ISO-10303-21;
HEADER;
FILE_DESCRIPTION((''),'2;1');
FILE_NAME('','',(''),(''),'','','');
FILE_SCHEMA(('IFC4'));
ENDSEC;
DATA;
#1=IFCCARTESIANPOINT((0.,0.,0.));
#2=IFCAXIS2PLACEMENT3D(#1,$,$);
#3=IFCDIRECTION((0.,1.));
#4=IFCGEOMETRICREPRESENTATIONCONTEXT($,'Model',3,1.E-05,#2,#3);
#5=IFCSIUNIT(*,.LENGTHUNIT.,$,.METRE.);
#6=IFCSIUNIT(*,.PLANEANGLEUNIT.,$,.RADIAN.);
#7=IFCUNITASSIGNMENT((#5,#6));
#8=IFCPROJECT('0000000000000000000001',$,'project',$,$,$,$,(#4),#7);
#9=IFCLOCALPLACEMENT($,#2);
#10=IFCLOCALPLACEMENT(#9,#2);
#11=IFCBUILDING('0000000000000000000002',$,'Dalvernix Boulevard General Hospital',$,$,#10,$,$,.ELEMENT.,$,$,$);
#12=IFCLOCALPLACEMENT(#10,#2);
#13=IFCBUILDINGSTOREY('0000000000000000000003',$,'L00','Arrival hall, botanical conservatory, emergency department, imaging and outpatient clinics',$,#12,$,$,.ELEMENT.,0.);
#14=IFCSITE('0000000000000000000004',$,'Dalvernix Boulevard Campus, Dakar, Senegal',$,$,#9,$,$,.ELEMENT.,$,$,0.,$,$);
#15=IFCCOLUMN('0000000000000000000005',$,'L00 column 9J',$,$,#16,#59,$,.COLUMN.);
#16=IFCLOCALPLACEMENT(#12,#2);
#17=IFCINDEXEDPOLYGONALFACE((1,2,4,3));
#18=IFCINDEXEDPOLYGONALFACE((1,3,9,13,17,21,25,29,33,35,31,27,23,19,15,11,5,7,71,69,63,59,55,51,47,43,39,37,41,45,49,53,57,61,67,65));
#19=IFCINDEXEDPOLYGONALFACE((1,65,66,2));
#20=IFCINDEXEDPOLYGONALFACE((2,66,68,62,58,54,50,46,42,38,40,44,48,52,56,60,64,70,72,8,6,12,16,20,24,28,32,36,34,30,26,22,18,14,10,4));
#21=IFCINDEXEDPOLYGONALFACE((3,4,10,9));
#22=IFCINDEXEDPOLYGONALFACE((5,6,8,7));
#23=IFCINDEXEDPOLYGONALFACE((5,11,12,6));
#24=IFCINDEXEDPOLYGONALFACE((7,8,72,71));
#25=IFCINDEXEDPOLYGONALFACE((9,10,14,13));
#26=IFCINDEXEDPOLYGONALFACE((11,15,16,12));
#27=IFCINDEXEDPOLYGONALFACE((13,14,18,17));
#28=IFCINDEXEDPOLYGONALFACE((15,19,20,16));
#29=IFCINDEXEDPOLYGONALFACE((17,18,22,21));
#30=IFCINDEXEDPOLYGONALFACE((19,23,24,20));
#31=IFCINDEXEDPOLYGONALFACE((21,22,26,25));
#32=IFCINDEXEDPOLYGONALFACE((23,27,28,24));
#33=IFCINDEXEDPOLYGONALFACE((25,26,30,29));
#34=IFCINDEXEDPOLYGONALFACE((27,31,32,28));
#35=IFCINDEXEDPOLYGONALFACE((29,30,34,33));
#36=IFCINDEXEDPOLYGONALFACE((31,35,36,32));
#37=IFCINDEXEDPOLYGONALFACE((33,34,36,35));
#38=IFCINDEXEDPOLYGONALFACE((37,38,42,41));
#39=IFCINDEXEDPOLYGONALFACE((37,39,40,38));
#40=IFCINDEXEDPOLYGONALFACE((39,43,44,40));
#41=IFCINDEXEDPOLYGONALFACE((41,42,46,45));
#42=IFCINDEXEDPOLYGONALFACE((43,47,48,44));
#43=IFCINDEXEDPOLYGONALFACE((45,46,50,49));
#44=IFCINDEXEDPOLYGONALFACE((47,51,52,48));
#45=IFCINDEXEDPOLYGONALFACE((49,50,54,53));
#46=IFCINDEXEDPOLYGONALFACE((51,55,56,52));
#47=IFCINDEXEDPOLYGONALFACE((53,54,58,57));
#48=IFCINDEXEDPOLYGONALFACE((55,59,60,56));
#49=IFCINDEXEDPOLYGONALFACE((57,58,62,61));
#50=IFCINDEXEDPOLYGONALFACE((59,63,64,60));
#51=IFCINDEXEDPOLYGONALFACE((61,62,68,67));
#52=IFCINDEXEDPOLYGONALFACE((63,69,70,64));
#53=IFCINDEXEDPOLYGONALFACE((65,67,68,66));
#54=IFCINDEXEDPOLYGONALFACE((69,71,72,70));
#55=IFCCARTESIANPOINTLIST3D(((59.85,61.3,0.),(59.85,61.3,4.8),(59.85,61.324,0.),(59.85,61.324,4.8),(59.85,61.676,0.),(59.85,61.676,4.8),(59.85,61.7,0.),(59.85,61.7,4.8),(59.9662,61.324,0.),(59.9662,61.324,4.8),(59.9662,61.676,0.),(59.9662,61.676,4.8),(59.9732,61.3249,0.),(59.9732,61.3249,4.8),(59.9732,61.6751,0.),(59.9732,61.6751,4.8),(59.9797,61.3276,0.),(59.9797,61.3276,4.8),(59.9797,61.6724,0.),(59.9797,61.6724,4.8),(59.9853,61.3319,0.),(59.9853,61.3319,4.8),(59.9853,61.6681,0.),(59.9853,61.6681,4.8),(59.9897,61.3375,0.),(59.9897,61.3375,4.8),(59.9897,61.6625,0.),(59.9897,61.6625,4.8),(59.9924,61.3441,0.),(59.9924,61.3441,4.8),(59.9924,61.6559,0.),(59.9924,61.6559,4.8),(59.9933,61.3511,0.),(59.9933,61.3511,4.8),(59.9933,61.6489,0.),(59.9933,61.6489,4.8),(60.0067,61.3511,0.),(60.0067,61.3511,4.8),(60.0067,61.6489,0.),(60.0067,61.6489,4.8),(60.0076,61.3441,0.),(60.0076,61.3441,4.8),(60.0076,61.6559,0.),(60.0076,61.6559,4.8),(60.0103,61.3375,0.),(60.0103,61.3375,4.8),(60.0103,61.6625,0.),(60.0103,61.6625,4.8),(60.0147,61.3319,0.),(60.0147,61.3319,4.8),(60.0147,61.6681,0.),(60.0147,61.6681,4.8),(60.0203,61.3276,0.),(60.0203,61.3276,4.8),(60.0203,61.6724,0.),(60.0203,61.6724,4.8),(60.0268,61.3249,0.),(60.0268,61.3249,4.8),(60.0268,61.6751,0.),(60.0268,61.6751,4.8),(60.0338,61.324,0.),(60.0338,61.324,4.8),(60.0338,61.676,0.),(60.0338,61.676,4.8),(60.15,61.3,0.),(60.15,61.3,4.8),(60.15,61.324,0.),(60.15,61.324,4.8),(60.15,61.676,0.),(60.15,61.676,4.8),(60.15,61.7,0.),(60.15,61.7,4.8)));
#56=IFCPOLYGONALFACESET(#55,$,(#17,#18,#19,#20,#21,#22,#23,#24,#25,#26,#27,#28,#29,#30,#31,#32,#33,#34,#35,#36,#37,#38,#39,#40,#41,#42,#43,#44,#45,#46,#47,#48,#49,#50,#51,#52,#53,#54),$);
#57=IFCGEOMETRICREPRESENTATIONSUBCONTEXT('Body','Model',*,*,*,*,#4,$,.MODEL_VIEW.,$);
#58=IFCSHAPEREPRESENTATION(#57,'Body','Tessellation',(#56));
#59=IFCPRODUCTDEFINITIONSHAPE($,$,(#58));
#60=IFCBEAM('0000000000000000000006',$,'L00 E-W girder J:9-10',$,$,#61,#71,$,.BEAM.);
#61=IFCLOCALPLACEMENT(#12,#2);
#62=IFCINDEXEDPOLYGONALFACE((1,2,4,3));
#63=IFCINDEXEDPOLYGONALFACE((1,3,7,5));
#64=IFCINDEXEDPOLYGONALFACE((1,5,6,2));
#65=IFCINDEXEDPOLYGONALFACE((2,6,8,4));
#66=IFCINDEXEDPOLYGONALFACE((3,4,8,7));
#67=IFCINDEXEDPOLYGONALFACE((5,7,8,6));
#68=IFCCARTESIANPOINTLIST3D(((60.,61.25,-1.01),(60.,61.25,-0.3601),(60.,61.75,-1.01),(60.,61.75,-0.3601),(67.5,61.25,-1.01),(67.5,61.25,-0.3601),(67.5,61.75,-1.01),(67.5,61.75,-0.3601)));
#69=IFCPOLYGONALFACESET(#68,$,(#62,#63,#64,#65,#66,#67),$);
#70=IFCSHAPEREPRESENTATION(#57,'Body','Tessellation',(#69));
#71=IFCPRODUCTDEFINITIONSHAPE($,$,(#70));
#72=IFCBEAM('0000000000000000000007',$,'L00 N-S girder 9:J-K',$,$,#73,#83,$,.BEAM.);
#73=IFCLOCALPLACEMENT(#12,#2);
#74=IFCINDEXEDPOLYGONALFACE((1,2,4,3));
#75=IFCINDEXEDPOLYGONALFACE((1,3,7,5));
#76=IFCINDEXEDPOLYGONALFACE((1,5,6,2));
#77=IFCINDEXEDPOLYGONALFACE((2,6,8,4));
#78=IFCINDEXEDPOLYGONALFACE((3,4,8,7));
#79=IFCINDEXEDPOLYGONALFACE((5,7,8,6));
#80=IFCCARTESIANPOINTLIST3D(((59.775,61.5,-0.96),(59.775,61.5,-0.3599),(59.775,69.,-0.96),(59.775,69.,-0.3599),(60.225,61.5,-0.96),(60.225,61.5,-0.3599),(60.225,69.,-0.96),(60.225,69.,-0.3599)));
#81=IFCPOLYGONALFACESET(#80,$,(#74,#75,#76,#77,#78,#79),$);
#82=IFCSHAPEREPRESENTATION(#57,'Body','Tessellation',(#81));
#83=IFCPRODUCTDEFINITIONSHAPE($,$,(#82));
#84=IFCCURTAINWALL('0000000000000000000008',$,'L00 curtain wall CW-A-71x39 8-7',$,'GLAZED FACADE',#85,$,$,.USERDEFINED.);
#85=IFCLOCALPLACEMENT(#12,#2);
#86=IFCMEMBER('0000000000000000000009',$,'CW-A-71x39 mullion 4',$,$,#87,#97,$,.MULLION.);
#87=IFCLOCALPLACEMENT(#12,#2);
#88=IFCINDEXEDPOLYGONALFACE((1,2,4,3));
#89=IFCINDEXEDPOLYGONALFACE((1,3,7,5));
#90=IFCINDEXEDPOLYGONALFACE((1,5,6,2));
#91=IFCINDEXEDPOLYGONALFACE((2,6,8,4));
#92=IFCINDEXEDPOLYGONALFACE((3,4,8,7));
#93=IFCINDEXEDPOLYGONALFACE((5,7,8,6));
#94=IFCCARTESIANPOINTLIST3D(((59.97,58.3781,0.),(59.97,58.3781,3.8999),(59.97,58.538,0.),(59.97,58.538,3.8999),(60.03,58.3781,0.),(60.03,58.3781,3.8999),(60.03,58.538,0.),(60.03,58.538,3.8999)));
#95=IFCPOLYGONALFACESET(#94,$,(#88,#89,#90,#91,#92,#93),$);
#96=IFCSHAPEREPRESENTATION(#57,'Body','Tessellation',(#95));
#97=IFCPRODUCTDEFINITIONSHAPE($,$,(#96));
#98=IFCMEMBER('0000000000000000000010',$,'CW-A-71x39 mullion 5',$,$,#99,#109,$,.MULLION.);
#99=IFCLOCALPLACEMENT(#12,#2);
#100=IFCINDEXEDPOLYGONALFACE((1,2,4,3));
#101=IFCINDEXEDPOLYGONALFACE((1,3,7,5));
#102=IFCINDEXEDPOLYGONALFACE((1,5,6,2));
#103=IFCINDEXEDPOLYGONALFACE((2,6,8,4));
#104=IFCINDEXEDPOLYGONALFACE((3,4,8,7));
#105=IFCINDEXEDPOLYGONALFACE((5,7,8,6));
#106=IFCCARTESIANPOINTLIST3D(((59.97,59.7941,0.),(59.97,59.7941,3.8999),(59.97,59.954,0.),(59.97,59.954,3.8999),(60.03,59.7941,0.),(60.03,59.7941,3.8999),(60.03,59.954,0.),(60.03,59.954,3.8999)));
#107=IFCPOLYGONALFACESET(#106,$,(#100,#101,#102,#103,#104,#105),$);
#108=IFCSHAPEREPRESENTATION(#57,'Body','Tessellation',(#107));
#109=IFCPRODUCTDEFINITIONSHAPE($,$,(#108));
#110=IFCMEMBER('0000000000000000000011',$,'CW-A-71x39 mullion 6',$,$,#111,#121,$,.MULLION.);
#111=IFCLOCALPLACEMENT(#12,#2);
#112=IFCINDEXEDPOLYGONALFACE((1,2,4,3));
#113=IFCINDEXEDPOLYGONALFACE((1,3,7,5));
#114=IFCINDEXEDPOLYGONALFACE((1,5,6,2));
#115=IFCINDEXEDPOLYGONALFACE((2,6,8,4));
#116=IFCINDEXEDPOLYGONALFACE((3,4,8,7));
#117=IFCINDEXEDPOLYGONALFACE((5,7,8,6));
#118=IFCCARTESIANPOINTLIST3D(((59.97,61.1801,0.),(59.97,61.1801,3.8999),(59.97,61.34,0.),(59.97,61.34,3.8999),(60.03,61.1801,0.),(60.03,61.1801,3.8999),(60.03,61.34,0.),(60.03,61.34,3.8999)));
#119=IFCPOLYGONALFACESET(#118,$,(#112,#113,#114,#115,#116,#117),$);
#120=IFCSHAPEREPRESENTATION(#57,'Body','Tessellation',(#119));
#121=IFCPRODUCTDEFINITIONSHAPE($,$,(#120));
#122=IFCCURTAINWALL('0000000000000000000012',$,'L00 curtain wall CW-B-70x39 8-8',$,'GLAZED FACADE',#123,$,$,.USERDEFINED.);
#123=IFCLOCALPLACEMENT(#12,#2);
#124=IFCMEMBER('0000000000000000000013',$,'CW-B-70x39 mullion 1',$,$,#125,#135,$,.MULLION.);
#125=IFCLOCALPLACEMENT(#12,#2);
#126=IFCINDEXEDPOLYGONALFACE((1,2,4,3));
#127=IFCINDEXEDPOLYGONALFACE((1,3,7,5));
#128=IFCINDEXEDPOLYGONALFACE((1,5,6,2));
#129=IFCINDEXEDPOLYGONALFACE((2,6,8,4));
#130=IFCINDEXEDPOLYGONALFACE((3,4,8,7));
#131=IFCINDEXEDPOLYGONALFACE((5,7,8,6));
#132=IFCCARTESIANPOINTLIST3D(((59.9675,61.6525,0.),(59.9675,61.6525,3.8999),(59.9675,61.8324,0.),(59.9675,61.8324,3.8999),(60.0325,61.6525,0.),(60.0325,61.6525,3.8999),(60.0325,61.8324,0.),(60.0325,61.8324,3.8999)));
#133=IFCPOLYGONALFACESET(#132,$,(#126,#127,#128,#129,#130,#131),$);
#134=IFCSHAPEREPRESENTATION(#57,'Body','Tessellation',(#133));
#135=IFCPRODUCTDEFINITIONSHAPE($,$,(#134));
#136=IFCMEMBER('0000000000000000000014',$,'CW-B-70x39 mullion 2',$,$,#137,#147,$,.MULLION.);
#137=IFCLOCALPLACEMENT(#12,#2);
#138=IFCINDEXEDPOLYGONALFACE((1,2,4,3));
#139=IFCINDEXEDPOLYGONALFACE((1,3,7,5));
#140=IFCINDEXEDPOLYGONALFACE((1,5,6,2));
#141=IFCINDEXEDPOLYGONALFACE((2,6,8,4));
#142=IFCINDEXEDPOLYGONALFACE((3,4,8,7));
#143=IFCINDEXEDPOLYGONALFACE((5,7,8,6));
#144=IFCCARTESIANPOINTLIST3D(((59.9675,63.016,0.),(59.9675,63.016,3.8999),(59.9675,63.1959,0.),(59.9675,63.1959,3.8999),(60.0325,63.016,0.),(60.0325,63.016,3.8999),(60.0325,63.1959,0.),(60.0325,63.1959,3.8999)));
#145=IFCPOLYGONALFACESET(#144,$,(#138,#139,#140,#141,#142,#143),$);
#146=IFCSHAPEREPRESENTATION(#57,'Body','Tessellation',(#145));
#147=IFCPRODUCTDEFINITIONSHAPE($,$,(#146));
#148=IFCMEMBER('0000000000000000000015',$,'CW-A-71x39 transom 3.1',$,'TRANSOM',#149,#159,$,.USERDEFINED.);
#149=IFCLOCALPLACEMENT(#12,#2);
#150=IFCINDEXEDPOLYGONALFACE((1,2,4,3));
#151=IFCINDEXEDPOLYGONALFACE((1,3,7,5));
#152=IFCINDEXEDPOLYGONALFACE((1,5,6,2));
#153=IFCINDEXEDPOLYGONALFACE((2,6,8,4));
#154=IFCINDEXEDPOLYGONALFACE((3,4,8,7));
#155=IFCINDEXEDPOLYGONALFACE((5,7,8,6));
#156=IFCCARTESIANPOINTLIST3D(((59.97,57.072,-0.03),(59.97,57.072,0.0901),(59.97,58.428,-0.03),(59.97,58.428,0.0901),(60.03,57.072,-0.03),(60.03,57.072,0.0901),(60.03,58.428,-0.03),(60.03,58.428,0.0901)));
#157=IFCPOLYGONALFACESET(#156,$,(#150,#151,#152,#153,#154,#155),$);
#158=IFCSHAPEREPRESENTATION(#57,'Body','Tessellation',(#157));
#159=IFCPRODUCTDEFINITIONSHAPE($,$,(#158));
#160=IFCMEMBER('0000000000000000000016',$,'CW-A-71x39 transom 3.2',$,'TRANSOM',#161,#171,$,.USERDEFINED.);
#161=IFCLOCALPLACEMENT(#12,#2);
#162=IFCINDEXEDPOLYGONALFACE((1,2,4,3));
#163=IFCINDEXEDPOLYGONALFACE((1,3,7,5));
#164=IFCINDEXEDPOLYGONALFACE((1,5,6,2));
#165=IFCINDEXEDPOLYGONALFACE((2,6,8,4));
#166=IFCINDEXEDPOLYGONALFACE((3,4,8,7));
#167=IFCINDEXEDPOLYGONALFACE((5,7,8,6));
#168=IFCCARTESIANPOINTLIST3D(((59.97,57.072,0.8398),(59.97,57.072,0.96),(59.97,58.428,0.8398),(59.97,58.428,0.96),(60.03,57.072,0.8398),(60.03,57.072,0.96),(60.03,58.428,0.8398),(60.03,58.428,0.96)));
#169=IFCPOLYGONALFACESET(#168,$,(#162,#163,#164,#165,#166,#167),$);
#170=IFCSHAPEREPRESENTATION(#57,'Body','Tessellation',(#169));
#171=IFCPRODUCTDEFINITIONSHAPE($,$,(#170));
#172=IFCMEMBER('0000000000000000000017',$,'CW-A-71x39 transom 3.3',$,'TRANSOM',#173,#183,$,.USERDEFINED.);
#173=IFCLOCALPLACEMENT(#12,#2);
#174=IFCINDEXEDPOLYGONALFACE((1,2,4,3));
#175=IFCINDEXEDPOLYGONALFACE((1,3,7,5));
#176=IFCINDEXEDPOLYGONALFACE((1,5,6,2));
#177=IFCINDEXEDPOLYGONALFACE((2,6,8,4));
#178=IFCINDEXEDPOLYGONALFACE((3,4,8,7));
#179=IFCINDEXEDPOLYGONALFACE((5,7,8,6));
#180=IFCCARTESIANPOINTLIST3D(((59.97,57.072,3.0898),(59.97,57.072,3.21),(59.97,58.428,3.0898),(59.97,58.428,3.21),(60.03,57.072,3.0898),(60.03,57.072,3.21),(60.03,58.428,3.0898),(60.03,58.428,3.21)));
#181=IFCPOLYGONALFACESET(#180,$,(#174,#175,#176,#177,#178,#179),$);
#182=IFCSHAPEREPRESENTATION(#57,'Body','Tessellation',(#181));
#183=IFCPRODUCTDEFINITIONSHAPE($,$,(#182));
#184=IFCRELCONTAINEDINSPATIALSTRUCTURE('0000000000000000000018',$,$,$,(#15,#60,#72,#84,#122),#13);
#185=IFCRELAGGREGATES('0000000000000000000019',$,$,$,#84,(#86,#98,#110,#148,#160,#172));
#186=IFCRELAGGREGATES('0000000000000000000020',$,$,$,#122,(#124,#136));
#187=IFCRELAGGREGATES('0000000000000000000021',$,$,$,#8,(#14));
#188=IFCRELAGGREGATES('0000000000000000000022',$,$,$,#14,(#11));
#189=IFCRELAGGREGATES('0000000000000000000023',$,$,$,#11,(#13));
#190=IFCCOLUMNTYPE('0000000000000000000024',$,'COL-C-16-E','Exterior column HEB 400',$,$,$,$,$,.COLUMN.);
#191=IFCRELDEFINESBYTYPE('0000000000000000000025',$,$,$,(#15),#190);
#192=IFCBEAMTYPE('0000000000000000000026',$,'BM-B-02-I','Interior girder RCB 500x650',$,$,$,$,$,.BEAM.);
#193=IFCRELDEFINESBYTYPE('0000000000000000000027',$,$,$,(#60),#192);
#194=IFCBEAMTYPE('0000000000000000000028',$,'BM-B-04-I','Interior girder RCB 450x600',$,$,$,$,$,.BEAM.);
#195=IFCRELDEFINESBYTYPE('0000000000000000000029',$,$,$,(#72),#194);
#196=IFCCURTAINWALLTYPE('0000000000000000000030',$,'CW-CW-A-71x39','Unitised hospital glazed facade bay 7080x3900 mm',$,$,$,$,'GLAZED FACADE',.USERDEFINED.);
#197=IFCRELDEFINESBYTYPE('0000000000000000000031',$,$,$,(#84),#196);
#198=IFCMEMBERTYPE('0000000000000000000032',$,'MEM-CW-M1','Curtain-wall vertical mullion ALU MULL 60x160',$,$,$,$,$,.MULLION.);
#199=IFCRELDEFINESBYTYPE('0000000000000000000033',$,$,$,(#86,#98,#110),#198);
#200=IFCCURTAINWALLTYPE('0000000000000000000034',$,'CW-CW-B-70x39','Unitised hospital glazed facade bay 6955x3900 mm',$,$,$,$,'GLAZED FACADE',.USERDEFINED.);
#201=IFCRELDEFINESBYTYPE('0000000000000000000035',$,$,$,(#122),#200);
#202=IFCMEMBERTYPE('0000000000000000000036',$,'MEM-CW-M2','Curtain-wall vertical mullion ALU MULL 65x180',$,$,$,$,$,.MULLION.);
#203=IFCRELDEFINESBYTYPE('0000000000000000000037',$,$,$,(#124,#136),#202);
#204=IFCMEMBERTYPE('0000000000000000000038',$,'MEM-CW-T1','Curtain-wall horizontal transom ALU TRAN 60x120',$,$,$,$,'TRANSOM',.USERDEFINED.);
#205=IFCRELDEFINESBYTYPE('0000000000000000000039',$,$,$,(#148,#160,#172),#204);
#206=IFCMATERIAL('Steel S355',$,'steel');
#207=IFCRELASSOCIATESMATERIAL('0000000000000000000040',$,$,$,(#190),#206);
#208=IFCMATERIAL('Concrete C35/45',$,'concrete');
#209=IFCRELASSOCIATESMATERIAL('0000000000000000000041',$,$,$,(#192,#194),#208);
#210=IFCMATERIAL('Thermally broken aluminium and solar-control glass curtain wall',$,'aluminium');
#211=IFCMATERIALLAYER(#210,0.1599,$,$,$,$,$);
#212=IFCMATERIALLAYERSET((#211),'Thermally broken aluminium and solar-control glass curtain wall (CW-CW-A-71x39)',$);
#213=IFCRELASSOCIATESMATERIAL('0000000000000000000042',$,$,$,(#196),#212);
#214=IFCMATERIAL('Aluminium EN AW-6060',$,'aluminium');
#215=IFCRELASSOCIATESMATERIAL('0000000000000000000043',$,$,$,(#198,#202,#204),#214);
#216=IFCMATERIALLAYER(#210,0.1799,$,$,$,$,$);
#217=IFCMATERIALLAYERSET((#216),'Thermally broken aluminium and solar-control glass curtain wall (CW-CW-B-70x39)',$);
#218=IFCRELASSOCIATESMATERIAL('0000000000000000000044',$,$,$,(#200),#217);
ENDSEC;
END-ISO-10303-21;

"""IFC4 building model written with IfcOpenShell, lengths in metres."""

from ifc_helpers import new_model, si_unit, direction, frame, origin, origin_2d, place, context, subcontext, project, spatial, rectangle, i_section, extrude, material, layer, layer_set, material_profile, profile_set, type_object, element, aggregate, save


model = new_model("IFC4")

# Units and contexts
model_context = context("Model", 3, precision=1e-05, world=origin(), true_north=direction((0.0, 1.0)))
body_context = subcontext(model_context, "Body", "Model", "MODEL_VIEW")
ifc_project = project(units=[si_unit("LENGTHUNIT", "METRE"), si_unit("PLANEANGLEUNIT", "RADIAN")], contexts=[model_context])

# Site, building, storey
site_placement = place(None, origin())
site = spatial("IfcSite", under=ifc_project, at=site_placement, Name="Dalvernix Boulevard Campus, Dakar, Senegal", CompositionType="ELEMENT", RefElevation=0.0)
building_placement = place(site_placement, origin())
building = spatial("IfcBuilding", under=site, at=building_placement, Name="Dalvernix Boulevard General Hospital", CompositionType="ELEMENT")
storey_placement = place(building_placement, origin())
storey = spatial("IfcBuildingStorey", under=building, at=storey_placement, Name="L00", Description="Arrival hall, botanical conservatory, emergency department, imaging and outpatient clinics", CompositionType="ELEMENT", Elevation=0.0)

# Column
ifc_material_1 = material(Name="Steel S355", Category="steel")
ifc_material_profile_1 = material_profile(ifc_material_1, i_section(OverallWidth=0.3, OverallDepth=0.3999, WebThickness=0.0134, FlangeThickness=0.0239, FilletRadius=0.0271, at=origin_2d()), Name="HEB 400")
ifc_profile_set_1 = profile_set([ifc_material_profile_1], Name="Steel S355")
column_type = type_object("IfcColumnType", Name="COL-C-16-E", Description="Exterior column HEB 400", PredefinedType="COLUMN", material=ifc_profile_set_1)
column_placement = place(storey_placement, frame((60.0, 61.5, 0.0), z_axis=(0.0, 0.0, 1.0), x_axis=(1.0, 0.0, 0.0)))
element("IfcColumn", 1, at=column_placement, inside=storey, type_object=column_type, Name="L00 column 9J", PredefinedType="COLUMN", context=body_context, shape_type="SweptSolid", body=[
    extrude(i_section(OverallWidth=0.3, OverallDepth=0.3999, WebThickness=0.0134, FlangeThickness=0.0239, FilletRadius=0.0271, at=origin_2d()), origin(), (0.0, 0.0, 1.0), 4.8),
])

# Beams
ifc_material_2 = material(Name="Concrete C35/45", Category="concrete")
ifc_material_profile_2 = material_profile(ifc_material_2, rectangle(XDim=0.5, YDim=0.6499, at=origin_2d()), Name="RCB 500x650")
ifc_profile_set_2 = profile_set([ifc_material_profile_2], Name="Concrete C35/45")
beam_type_1 = type_object("IfcBeamType", Name="BM-B-02-I", Description="Interior girder RCB 500x650", PredefinedType="BEAM", material=ifc_profile_set_2)
beam_1_placement = place(storey_placement, frame((60.0, 61.5, -0.6851), z_axis=(1.0, 0.0, 0.0), x_axis=(0.0, 1.0, 0.0)))
element("IfcBeam", 2, at=beam_1_placement, inside=storey, type_object=beam_type_1, Name="L00 E-W girder J:9-10", PredefinedType="BEAM", context=body_context, shape_type="SweptSolid", body=[
    extrude(rectangle(XDim=0.5, YDim=0.6499, at=origin_2d()), origin(), (0.0, 0.0, 1.0), 7.5),
])
ifc_material_profile_3 = material_profile(ifc_material_2, rectangle(XDim=0.45, YDim=0.6001, at=origin_2d()), Name="RCB 450x600")
ifc_profile_set_3 = profile_set([ifc_material_profile_3], Name="Concrete C35/45")
beam_type_2 = type_object("IfcBeamType", Name="BM-B-04-I", Description="Interior girder RCB 450x600", PredefinedType="BEAM", material=ifc_profile_set_3)
beam_2_placement = place(storey_placement, frame((60.0, 61.5, -0.6599), z_axis=(0.0, 1.0, 0.0), x_axis=(-1.0, 0.0, 0.0)))
element("IfcBeam", 3, at=beam_2_placement, inside=storey, type_object=beam_type_2, Name="L00 N-S girder 9:J-K", PredefinedType="BEAM", context=body_context, shape_type="SweptSolid", body=[
    extrude(rectangle(XDim=0.45, YDim=0.6001, at=origin_2d()), origin(), (0.0, 0.0, 1.0), 7.5),
])

# Curtain walls, members
ifc_material_3 = material(Name="Thermally broken aluminium and solar-control glass curtain wall", Category="aluminium")
ifc_layer_1 = layer(ifc_material_3, 0.1599)
ifc_layer_set_1 = layer_set([ifc_layer_1], Name="Thermally broken aluminium and solar-control glass curtain wall (CW-CW-A-71x39)")
curtain_wall_type_1 = type_object("IfcCurtainWallType", Name="CW-CW-A-71x39", Description="Unitised hospital glazed facade bay 7080x3900 mm", ElementType="GLAZED FACADE", PredefinedType="USERDEFINED", material=ifc_layer_set_1)
curtain_wall_1_placement = place(storey_placement, origin())
curtain_wall_1 = element("IfcCurtainWall", 4, at=curtain_wall_1_placement, inside=storey, type_object=curtain_wall_type_1, Name="L00 curtain wall CW-A-71x39 8-7", ObjectType="GLAZED FACADE", PredefinedType="USERDEFINED")
ifc_material_4 = material(Name="Aluminium EN AW-6060", Category="aluminium")
ifc_material_profile_4 = material_profile(ifc_material_4, rectangle(XDim=0.0601, YDim=0.1599, at=origin_2d()), Name="ALU MULL 60x160")
ifc_profile_set_4 = profile_set([ifc_material_profile_4], Name="Aluminium EN AW-6060")
member_type_1 = type_object("IfcMemberType", Name="MEM-CW-M1", Description="Curtain-wall vertical mullion ALU MULL 60x160", PredefinedType="MULLION", material=ifc_profile_set_4)
member_1_placement = place(storey_placement, frame((60.0, 58.458, 0.0), z_axis=(0.0, 0.0, 1.0), x_axis=(-1.0, 0.0, 0.0)))
member_1 = element("IfcMember", 5, at=member_1_placement, type_object=member_type_1, Name="CW-A-71x39 mullion 4", PredefinedType="MULLION", context=body_context, shape_type="SweptSolid", body=[
    extrude(rectangle(XDim=0.0601, YDim=0.1599, at=origin_2d()), origin(), (0.0, 0.0, 1.0), 3.8999),
])
member_2_placement = place(storey_placement, frame((60.0, 59.874, 0.0), z_axis=(0.0, 0.0, 1.0), x_axis=(-1.0, 0.0, 0.0)))
member_2 = element("IfcMember", 6, at=member_2_placement, type_object=member_type_1, Name="CW-A-71x39 mullion 5", PredefinedType="MULLION", context=body_context, shape_type="SweptSolid", body=[
    extrude(rectangle(XDim=0.0601, YDim=0.1599, at=origin_2d()), origin(), (0.0, 0.0, 1.0), 3.8999),
])
member_3_placement = place(storey_placement, frame((60.0, 61.26, 0.0), z_axis=(0.0, 0.0, 1.0), x_axis=(-1.0, 0.0, 0.0)))
member_3 = element("IfcMember", 7, at=member_3_placement, type_object=member_type_1, Name="CW-A-71x39 mullion 6", PredefinedType="MULLION", context=body_context, shape_type="SweptSolid", body=[
    extrude(rectangle(XDim=0.0601, YDim=0.1599, at=origin_2d()), origin(), (0.0, 0.0, 1.0), 3.8999),
])
ifc_layer_2 = layer(ifc_material_3, 0.1799)
ifc_layer_set_2 = layer_set([ifc_layer_2], Name="Thermally broken aluminium and solar-control glass curtain wall (CW-CW-B-70x39)")
curtain_wall_type_2 = type_object("IfcCurtainWallType", Name="CW-CW-B-70x39", Description="Unitised hospital glazed facade bay 6955x3900 mm", ElementType="GLAZED FACADE", PredefinedType="USERDEFINED", material=ifc_layer_set_2)
curtain_wall_2_placement = place(storey_placement, origin())
curtain_wall_2 = element("IfcCurtainWall", 8, at=curtain_wall_2_placement, inside=storey, type_object=curtain_wall_type_2, Name="L00 curtain wall CW-B-70x39 8-8", ObjectType="GLAZED FACADE", PredefinedType="USERDEFINED")
ifc_material_profile_5 = material_profile(ifc_material_4, rectangle(XDim=0.0649, YDim=0.1799, at=origin_2d()), Name="ALU MULL 65x180")
ifc_profile_set_5 = profile_set([ifc_material_profile_5], Name="Aluminium EN AW-6060")
member_type_2 = type_object("IfcMemberType", Name="MEM-CW-M2", Description="Curtain-wall vertical mullion ALU MULL 65x180", PredefinedType="MULLION", material=ifc_profile_set_5)
member_4_placement = place(storey_placement, frame((60.0, 61.7424, 0.0), z_axis=(0.0, 0.0, 1.0), x_axis=(-1.0, 0.0, 0.0)))
member_4 = element("IfcMember", 9, at=member_4_placement, type_object=member_type_2, Name="CW-B-70x39 mullion 1", PredefinedType="MULLION", context=body_context, shape_type="SweptSolid", body=[
    extrude(rectangle(XDim=0.0649, YDim=0.1799, at=origin_2d()), origin(), (0.0, 0.0, 1.0), 3.8999),
])
member_5_placement = place(storey_placement, frame((60.0, 63.106, 0.0), z_axis=(0.0, 0.0, 1.0), x_axis=(-1.0, 0.0, 0.0)))
member_5 = element("IfcMember", 10, at=member_5_placement, type_object=member_type_2, Name="CW-B-70x39 mullion 2", PredefinedType="MULLION", context=body_context, shape_type="SweptSolid", body=[
    extrude(rectangle(XDim=0.0649, YDim=0.1799, at=origin_2d()), origin(), (0.0, 0.0, 1.0), 3.8999),
])

# Members
ifc_material_profile_6 = material_profile(ifc_material_4, rectangle(XDim=0.0601, YDim=0.1201, at=origin_2d()), Name="ALU TRAN 60x120")
ifc_profile_set_6 = profile_set([ifc_material_profile_6], Name="Aluminium EN AW-6060")
member_type_3 = type_object("IfcMemberType", Name="MEM-CW-T1", Description="Curtain-wall horizontal transom ALU TRAN 60x120", ElementType="TRANSOM", PredefinedType="USERDEFINED", material=ifc_profile_set_6)
member_6_placement = place(storey_placement, frame((60.0, 57.072, 0.03), z_axis=(0.0, 1.0, 0.0), x_axis=(-1.0, 0.0, 0.0)))
member_6 = element("IfcMember", 11, at=member_6_placement, type_object=member_type_3, Name="CW-A-71x39 transom 3.1", ObjectType="TRANSOM", PredefinedType="USERDEFINED", context=body_context, shape_type="SweptSolid", body=[
    extrude(rectangle(XDim=0.0601, YDim=0.1201, at=origin_2d()), origin(), (0.0, 0.0, 1.0), 1.356),
])
member_7_placement = place(storey_placement, frame((60.0, 57.072, 0.8999), z_axis=(0.0, 1.0, 0.0), x_axis=(-1.0, 0.0, 0.0)))
member_7 = element("IfcMember", 12, at=member_7_placement, type_object=member_type_3, Name="CW-A-71x39 transom 3.2", ObjectType="TRANSOM", PredefinedType="USERDEFINED", context=body_context, shape_type="SweptSolid", body=[
    extrude(rectangle(XDim=0.0601, YDim=0.1201, at=origin_2d()), origin(), (0.0, 0.0, 1.0), 1.356),
])
member_8_placement = place(storey_placement, frame((60.0, 57.072, 3.1499), z_axis=(0.0, 1.0, 0.0), x_axis=(-1.0, 0.0, 0.0)))
member_8 = element("IfcMember", 13, at=member_8_placement, type_object=member_type_3, Name="CW-A-71x39 transom 3.3", ObjectType="TRANSOM", PredefinedType="USERDEFINED", context=body_context, shape_type="SweptSolid", body=[
    extrude(rectangle(XDim=0.0601, YDim=0.1201, at=origin_2d()), origin(), (0.0, 0.0, 1.0), 1.356),
])

aggregate(curtain_wall_1, [member_1, member_2, member_3, member_6, member_7, member_8])
aggregate(curtain_wall_2, [member_4, member_5])

save(model, "model.ifc")
